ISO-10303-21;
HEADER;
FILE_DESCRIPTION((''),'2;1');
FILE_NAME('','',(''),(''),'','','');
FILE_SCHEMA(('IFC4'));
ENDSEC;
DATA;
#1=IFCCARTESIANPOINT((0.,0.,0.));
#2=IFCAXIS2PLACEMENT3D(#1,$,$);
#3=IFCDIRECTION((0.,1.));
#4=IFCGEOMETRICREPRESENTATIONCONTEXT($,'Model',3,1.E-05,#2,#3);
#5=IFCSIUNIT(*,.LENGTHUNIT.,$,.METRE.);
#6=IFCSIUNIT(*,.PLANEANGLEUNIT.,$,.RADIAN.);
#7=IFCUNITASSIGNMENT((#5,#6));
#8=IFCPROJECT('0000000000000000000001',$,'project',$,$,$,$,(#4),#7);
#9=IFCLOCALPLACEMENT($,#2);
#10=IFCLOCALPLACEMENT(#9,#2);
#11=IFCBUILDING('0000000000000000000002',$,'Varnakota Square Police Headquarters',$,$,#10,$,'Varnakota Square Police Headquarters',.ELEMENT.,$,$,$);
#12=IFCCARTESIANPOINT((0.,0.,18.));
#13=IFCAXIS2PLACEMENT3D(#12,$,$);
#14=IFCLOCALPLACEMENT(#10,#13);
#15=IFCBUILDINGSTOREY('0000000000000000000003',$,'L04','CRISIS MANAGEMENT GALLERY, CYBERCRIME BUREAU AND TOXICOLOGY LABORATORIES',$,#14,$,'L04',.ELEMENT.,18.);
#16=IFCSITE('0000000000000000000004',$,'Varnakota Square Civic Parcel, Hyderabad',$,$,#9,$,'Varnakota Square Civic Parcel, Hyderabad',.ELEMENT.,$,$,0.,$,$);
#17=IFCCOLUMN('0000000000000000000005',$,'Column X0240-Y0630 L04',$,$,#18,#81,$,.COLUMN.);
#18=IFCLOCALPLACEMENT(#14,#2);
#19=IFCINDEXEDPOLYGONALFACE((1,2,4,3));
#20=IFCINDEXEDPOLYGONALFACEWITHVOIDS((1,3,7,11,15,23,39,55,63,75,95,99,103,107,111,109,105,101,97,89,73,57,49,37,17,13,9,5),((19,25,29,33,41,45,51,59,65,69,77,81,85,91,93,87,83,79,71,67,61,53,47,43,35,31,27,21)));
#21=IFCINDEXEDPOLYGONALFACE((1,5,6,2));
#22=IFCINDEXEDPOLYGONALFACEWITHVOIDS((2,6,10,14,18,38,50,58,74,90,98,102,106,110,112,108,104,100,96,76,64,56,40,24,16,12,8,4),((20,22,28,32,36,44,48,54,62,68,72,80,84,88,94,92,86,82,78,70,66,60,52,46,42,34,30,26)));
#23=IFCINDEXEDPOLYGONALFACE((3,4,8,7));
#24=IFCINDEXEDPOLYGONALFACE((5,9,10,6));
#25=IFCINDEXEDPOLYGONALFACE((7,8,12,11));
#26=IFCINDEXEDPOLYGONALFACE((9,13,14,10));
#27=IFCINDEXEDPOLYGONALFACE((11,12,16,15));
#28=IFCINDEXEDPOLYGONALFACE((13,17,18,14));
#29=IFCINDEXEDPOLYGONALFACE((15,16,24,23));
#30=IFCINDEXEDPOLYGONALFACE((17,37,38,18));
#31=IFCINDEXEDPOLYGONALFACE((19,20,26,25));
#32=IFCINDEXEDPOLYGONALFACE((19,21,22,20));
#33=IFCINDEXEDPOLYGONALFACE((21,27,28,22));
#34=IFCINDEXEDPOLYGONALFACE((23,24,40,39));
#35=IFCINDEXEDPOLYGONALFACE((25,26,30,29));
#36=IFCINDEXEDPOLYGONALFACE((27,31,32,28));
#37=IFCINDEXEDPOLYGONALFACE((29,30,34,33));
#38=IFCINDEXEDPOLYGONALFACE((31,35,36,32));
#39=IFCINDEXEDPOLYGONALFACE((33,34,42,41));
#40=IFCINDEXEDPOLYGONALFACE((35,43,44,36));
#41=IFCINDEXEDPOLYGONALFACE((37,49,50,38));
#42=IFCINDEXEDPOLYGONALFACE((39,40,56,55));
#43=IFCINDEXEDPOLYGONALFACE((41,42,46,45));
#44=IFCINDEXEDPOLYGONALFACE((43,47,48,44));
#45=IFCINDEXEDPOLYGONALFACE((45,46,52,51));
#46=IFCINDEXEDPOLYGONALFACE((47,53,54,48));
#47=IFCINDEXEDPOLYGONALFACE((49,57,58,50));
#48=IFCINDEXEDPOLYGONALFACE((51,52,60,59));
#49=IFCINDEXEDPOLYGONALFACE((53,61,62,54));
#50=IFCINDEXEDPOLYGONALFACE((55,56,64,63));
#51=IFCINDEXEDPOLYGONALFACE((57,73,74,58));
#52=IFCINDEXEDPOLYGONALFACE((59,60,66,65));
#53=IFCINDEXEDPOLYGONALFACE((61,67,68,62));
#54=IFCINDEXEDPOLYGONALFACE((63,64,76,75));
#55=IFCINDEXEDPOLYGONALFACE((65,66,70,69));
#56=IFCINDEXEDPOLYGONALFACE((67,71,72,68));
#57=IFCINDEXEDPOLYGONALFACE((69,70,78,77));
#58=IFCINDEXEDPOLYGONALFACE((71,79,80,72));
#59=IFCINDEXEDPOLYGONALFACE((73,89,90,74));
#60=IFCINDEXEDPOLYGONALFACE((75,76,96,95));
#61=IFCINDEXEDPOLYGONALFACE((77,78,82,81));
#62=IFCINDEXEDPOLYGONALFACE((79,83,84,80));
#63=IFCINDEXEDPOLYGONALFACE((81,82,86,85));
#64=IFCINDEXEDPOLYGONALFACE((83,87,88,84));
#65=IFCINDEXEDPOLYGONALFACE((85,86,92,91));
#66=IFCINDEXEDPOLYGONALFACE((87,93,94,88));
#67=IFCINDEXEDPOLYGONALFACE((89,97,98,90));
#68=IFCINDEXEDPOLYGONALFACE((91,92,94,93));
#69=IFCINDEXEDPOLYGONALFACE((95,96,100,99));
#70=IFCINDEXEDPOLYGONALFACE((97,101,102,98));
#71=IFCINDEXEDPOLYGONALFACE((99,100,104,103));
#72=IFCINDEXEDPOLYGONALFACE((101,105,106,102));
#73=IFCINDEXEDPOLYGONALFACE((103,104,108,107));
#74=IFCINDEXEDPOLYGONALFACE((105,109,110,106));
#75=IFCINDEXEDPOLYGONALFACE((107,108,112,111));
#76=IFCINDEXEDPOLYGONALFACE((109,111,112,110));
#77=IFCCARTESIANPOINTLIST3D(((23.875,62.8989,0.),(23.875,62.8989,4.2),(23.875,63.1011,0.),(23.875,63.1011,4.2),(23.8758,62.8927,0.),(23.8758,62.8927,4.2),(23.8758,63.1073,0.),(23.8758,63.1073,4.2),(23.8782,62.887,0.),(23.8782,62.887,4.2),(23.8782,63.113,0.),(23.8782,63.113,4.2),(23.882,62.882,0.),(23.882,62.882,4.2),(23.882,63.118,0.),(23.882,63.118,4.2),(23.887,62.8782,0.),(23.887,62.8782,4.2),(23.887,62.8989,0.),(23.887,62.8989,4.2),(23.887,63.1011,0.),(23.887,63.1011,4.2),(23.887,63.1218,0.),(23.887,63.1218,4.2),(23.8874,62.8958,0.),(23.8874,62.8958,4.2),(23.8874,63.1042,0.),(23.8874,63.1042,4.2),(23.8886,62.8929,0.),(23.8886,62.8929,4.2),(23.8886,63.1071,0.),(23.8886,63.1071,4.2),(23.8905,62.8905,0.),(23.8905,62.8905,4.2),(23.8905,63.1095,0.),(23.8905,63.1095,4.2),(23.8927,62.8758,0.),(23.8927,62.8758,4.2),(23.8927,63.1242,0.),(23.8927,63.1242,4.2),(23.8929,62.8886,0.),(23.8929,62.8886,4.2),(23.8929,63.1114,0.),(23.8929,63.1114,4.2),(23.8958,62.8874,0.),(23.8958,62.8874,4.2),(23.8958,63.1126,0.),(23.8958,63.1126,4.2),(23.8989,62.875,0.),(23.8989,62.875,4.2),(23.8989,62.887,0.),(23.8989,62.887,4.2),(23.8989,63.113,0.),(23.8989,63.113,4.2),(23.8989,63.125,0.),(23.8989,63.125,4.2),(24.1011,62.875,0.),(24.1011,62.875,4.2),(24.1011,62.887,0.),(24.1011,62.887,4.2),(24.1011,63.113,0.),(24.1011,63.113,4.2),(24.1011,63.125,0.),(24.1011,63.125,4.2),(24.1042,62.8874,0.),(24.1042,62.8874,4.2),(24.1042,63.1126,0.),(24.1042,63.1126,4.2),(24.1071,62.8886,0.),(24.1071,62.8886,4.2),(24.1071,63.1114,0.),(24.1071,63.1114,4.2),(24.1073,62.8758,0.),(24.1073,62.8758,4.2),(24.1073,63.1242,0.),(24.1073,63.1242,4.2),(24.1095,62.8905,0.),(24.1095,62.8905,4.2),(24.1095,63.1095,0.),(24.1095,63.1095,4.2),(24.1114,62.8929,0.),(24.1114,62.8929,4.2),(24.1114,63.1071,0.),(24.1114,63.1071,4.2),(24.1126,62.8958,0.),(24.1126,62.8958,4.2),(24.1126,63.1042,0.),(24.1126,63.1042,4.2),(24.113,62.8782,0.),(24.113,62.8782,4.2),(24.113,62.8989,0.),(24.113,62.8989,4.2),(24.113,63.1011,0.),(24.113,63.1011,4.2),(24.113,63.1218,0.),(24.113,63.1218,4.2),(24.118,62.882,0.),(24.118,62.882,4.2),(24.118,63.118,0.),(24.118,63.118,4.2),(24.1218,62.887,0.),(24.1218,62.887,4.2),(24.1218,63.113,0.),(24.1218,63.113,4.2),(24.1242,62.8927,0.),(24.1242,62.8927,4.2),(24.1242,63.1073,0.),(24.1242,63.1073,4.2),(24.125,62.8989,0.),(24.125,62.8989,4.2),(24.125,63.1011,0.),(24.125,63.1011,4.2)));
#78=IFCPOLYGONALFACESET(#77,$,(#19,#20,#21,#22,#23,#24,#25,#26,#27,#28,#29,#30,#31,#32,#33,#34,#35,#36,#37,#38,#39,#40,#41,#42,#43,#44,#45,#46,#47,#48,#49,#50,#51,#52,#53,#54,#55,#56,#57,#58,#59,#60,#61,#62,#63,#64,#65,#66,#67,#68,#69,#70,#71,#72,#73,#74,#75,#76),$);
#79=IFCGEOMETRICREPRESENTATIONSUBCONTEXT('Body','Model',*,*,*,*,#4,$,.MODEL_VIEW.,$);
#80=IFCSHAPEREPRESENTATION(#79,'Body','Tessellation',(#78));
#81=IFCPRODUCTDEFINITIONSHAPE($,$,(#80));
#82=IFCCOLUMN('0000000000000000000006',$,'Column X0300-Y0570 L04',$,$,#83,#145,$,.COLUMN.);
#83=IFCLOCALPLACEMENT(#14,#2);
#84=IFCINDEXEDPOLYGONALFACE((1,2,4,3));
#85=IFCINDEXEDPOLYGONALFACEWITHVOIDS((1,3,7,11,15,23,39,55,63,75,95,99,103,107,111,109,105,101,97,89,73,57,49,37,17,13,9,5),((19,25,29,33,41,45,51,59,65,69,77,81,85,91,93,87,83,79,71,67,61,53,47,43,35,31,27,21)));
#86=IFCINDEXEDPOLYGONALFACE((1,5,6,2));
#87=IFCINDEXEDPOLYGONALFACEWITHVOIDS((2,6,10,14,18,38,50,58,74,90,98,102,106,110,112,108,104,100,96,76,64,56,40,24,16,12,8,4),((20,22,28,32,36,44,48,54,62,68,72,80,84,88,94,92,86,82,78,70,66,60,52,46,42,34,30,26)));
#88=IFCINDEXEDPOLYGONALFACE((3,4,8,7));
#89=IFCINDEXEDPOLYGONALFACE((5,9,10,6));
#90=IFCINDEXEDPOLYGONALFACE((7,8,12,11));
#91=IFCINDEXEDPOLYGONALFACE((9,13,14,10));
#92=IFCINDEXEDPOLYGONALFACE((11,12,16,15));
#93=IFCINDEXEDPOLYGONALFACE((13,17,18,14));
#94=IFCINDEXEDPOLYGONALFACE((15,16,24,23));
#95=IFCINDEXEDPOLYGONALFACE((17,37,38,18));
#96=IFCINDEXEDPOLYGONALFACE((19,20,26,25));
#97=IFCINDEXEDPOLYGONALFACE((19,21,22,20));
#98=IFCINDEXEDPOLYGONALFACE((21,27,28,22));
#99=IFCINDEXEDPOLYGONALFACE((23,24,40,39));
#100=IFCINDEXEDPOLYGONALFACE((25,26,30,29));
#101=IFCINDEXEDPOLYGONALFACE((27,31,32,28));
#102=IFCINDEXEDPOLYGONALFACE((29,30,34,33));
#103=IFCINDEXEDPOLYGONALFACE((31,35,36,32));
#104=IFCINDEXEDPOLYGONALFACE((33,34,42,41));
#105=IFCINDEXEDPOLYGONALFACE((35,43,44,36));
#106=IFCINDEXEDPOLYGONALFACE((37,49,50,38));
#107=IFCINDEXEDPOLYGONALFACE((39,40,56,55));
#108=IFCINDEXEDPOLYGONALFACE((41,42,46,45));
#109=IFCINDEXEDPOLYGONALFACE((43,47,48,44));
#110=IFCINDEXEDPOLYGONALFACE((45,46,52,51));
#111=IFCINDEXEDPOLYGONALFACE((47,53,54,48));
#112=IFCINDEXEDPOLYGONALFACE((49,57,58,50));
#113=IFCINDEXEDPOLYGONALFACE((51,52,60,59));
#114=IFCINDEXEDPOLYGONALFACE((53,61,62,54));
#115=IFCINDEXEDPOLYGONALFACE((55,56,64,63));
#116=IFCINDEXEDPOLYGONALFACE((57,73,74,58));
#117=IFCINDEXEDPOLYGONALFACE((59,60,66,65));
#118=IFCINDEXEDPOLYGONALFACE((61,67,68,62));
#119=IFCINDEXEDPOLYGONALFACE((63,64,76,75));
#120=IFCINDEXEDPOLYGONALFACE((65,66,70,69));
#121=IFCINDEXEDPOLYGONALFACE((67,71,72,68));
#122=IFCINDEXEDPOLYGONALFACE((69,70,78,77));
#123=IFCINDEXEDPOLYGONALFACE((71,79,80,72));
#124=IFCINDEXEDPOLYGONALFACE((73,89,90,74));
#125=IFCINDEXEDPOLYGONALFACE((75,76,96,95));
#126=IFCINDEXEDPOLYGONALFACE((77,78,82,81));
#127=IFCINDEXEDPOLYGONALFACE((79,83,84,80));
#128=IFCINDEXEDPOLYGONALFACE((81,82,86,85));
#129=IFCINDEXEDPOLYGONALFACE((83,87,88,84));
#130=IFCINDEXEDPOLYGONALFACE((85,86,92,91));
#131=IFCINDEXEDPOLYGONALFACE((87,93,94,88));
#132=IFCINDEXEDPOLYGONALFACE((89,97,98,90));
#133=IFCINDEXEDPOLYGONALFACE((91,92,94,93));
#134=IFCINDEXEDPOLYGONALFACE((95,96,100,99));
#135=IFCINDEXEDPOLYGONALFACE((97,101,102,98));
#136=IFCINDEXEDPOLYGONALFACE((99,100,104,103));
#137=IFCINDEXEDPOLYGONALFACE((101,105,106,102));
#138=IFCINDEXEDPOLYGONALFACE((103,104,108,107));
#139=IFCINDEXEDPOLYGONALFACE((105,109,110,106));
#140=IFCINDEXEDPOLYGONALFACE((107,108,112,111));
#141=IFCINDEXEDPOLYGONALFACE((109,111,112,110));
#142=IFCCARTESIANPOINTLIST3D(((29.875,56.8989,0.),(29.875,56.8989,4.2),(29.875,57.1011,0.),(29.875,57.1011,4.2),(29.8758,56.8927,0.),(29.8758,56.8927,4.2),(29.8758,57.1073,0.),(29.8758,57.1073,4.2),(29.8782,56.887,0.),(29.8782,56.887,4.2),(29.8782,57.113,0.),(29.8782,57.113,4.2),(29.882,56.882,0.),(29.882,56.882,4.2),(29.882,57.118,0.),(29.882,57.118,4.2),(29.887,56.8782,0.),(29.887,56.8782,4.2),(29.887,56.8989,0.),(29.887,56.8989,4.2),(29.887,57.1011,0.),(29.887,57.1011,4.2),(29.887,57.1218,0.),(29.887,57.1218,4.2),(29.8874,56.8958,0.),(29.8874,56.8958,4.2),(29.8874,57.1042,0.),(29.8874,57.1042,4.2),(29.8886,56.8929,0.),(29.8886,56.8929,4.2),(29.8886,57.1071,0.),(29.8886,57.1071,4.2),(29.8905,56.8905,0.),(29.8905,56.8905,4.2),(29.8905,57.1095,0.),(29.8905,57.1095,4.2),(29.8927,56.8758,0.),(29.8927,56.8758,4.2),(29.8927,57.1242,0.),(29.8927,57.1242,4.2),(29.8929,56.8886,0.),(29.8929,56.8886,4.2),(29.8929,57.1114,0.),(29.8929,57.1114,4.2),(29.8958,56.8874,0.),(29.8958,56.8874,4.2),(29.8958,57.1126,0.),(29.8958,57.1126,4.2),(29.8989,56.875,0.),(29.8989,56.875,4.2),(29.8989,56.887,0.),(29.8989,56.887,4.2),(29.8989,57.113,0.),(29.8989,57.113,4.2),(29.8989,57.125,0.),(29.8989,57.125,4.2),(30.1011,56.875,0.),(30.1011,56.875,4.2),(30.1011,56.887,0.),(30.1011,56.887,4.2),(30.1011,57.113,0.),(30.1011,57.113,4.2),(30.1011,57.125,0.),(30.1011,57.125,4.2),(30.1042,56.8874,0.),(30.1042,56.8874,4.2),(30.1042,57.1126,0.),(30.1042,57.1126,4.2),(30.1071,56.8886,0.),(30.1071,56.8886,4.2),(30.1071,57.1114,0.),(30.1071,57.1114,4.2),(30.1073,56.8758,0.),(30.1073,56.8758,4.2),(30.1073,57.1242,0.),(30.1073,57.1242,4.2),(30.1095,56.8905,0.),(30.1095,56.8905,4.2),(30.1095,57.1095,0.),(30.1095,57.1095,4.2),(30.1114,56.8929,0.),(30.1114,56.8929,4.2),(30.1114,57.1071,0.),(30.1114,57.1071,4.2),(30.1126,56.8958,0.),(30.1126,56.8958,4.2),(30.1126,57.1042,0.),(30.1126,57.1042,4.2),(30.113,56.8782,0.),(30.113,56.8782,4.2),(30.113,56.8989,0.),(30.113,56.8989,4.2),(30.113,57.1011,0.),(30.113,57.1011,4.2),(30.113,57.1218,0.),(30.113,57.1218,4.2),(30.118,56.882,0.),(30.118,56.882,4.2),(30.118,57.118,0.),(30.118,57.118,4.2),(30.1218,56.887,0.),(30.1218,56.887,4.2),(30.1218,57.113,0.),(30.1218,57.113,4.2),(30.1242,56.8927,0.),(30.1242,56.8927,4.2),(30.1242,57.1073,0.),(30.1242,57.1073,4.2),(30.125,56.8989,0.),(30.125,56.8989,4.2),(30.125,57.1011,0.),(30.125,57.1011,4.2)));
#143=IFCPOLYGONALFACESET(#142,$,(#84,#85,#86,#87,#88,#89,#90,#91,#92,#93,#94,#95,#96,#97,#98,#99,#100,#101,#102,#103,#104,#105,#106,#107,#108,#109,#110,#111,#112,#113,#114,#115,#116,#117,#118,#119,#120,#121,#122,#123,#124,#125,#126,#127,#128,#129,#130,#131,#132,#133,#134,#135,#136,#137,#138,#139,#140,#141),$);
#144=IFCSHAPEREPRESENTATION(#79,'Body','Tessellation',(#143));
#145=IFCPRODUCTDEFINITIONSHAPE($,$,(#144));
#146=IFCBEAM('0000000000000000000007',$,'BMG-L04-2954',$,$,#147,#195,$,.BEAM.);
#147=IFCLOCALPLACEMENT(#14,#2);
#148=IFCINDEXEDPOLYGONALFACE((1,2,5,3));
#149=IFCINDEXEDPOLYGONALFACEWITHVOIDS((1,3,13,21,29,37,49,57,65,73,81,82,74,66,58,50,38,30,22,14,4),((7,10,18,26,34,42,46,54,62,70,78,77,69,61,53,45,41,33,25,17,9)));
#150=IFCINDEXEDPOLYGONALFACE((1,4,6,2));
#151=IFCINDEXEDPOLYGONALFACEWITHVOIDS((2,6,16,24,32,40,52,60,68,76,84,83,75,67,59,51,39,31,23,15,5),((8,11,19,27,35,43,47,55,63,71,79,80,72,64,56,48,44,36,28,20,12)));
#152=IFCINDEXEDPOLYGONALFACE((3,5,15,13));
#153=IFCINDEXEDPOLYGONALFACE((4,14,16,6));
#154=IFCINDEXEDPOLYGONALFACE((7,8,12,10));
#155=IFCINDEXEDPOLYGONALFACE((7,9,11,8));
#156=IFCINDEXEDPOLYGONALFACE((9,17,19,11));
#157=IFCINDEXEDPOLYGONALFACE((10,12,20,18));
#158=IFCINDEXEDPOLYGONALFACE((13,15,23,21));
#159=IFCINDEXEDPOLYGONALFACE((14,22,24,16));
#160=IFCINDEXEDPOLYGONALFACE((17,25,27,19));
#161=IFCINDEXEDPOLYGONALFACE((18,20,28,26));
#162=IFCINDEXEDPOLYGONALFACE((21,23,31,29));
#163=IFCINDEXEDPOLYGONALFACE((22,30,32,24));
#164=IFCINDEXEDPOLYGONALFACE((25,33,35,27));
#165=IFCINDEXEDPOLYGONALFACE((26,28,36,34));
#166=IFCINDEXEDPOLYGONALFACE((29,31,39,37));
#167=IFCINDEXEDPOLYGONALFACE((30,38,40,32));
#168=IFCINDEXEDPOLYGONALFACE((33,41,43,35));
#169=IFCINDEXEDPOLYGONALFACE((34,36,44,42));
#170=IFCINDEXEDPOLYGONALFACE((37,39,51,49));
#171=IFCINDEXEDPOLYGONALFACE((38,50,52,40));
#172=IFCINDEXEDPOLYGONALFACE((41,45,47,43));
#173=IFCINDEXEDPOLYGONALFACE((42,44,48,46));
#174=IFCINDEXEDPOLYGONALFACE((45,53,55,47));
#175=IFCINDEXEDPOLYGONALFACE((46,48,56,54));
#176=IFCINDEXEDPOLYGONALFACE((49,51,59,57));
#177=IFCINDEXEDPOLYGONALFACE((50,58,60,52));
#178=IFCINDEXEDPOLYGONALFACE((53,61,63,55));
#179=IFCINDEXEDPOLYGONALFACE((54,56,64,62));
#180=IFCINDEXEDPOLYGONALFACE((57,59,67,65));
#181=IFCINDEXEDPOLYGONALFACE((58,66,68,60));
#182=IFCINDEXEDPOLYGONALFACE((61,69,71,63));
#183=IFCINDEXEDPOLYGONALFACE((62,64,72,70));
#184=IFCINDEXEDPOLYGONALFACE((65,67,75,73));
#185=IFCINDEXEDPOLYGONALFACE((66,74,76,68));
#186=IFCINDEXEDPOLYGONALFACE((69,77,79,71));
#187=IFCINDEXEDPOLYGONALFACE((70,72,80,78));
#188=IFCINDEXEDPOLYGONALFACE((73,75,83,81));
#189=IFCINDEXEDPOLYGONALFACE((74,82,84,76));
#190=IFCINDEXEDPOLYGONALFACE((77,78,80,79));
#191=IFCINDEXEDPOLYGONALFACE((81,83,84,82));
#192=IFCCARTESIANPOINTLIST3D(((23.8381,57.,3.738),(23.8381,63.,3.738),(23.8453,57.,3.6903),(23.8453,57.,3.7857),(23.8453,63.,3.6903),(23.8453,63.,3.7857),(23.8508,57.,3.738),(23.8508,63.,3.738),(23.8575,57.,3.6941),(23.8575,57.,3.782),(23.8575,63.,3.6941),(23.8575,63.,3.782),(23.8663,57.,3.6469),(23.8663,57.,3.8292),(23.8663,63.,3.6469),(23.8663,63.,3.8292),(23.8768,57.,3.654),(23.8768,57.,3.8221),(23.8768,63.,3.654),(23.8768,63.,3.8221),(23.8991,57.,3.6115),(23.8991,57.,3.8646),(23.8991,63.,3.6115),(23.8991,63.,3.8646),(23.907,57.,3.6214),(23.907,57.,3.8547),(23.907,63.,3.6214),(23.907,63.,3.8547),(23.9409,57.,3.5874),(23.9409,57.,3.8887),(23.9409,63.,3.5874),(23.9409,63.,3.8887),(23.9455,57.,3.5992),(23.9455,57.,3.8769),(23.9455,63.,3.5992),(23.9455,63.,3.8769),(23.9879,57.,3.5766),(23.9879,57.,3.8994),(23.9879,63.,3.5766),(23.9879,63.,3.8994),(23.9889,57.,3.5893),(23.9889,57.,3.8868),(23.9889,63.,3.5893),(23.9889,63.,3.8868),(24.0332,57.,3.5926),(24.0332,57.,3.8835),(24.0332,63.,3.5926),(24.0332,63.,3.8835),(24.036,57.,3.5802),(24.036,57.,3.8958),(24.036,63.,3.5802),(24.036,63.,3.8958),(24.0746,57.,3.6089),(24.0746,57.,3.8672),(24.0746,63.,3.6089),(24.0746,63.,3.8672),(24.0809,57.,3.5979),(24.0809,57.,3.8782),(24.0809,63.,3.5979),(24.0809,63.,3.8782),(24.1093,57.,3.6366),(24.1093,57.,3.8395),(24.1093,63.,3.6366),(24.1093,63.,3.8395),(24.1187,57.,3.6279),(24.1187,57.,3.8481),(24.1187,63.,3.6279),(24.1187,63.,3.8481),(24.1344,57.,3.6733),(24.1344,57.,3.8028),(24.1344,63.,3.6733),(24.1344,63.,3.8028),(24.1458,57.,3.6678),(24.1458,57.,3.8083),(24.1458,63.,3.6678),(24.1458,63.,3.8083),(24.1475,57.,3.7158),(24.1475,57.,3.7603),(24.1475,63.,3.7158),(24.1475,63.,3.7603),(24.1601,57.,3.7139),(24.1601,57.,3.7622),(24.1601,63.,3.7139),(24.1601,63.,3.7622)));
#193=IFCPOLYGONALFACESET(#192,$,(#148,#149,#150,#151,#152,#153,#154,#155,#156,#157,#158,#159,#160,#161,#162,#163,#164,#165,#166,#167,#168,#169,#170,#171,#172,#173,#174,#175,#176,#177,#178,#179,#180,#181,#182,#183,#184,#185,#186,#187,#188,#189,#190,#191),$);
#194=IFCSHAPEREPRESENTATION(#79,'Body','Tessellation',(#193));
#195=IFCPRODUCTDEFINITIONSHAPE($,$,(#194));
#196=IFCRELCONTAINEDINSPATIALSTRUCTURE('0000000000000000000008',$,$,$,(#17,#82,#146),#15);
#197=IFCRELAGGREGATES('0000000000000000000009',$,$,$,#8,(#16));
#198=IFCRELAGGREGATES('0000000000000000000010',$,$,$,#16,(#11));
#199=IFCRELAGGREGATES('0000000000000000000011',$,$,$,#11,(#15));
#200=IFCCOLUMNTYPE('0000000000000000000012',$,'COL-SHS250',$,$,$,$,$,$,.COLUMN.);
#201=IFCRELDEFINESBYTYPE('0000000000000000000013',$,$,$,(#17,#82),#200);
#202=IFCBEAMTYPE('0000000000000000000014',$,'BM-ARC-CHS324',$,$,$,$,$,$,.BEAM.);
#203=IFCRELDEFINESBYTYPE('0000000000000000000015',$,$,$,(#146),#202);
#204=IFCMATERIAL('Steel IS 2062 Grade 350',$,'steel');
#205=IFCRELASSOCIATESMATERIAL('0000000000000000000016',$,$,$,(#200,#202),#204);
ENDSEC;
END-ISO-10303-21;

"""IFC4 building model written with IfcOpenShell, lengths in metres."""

from ifc_helpers import new_model, si_unit, direction, frame, origin, origin_2d, place, context, subcontext, project, spatial, hollow_rectangle, hollow_circle, extrude, material, material_profile, profile_set, type_object, element, save


model = new_model("IFC4")

# Units and contexts
model_context = context("Model", 3, precision=1e-05, world=origin(), true_north=direction((0.0, 1.0)))
body_context = subcontext(model_context, "Body", "Model", "MODEL_VIEW")
ifc_project = project(units=[si_unit("LENGTHUNIT", "METRE"), si_unit("PLANEANGLEUNIT", "RADIAN")], contexts=[model_context])

# Site, building, storey
site_placement = place(None, origin())
site = spatial("IfcSite", under=ifc_project, at=site_placement, Name="Varnakota Square Civic Parcel, Hyderabad", LongName="Varnakota Square Civic Parcel, Hyderabad", CompositionType="ELEMENT", RefElevation=0.0)
building_placement = place(site_placement, origin())
building = spatial("IfcBuilding", under=site, at=building_placement, Name="Varnakota Square Police Headquarters", LongName="Varnakota Square Police Headquarters", CompositionType="ELEMENT")
storey_placement = place(building_placement, frame((0.0, 0.0, 18.0)))
storey = spatial("IfcBuildingStorey", under=building, at=storey_placement, Name="L04", Description="CRISIS MANAGEMENT GALLERY, CYBERCRIME BUREAU AND TOXICOLOGY LABORATORIES", LongName="L04", CompositionType="ELEMENT", Elevation=18.0)

# Columns
ifc_material_1 = material(Name="Steel IS 2062 Grade 350", Category="steel")
ifc_material_profile_1 = material_profile(ifc_material_1, hollow_rectangle(XDim=0.25, YDim=0.25, WallThickness=0.012, InnerFilletRadius=0.012, OuterFilletRadius=0.0239, at=origin_2d()), Name="SHS 250x250x12")
ifc_profile_set_1 = profile_set([ifc_material_profile_1], Name="Steel IS 2062 Grade 350")
column_type_1 = type_object("IfcColumnType", Name="COL-SHS250", PredefinedType="COLUMN", material=ifc_profile_set_1)
for number, where, z_axis, x_axis, name in (
    (1, (24.0, 63.0, 0.0), (0.0, 0.0, 1.0), (1.0, 0.0, 0.0), "Column X0240-Y0630 L04"),
    (2, (30.0, 57.0, 0.0), (0.0, 0.0, 1.0), (1.0, 0.0, 0.0), "Column X0300-Y0570 L04"),
):
    element("IfcColumn", number, at=place(storey_placement, frame(where, z_axis=z_axis, x_axis=x_axis)), inside=storey, type_object=column_type_1, Name=name, PredefinedType="COLUMN", context=body_context, shape_type="SweptSolid", body=[
        extrude(hollow_rectangle(XDim=0.25, YDim=0.25, WallThickness=0.012, InnerFilletRadius=0.012, OuterFilletRadius=0.0239, at=origin_2d()), origin(), (0.0, 0.0, 1.0), 4.2),
    ])

# Beam
ifc_material_profile_2 = material_profile(ifc_material_1, hollow_circle(Radius=0.1619, WallThickness=0.0127, at=origin_2d()), Name="CHS 323.9x12.7")
ifc_profile_set_2 = profile_set([ifc_material_profile_2], Name="Steel IS 2062 Grade 350")
beam_type_1 = type_object("IfcBeamType", Name="BM-ARC-CHS324", PredefinedType="BEAM", material=ifc_profile_set_2)
for number, where, z_axis, x_axis, name in (
    (3, (24.0, 57.0, 3.738), (0.0, 1.0, 0.0), (-1.0, 0.0, 0.0), "BMG-L04-2954"),
):
    element("IfcBeam", number, at=place(storey_placement, frame(where, z_axis=z_axis, x_axis=x_axis)), inside=storey, type_object=beam_type_1, Name=name, PredefinedType="BEAM", context=body_context, shape_type="SweptSolid", body=[
        extrude(hollow_circle(Radius=0.1619, WallThickness=0.0127, at=origin_2d()), origin(), (0.0, 0.0, 1.0), 6.0),
    ])

save(model, "model.ifc")
